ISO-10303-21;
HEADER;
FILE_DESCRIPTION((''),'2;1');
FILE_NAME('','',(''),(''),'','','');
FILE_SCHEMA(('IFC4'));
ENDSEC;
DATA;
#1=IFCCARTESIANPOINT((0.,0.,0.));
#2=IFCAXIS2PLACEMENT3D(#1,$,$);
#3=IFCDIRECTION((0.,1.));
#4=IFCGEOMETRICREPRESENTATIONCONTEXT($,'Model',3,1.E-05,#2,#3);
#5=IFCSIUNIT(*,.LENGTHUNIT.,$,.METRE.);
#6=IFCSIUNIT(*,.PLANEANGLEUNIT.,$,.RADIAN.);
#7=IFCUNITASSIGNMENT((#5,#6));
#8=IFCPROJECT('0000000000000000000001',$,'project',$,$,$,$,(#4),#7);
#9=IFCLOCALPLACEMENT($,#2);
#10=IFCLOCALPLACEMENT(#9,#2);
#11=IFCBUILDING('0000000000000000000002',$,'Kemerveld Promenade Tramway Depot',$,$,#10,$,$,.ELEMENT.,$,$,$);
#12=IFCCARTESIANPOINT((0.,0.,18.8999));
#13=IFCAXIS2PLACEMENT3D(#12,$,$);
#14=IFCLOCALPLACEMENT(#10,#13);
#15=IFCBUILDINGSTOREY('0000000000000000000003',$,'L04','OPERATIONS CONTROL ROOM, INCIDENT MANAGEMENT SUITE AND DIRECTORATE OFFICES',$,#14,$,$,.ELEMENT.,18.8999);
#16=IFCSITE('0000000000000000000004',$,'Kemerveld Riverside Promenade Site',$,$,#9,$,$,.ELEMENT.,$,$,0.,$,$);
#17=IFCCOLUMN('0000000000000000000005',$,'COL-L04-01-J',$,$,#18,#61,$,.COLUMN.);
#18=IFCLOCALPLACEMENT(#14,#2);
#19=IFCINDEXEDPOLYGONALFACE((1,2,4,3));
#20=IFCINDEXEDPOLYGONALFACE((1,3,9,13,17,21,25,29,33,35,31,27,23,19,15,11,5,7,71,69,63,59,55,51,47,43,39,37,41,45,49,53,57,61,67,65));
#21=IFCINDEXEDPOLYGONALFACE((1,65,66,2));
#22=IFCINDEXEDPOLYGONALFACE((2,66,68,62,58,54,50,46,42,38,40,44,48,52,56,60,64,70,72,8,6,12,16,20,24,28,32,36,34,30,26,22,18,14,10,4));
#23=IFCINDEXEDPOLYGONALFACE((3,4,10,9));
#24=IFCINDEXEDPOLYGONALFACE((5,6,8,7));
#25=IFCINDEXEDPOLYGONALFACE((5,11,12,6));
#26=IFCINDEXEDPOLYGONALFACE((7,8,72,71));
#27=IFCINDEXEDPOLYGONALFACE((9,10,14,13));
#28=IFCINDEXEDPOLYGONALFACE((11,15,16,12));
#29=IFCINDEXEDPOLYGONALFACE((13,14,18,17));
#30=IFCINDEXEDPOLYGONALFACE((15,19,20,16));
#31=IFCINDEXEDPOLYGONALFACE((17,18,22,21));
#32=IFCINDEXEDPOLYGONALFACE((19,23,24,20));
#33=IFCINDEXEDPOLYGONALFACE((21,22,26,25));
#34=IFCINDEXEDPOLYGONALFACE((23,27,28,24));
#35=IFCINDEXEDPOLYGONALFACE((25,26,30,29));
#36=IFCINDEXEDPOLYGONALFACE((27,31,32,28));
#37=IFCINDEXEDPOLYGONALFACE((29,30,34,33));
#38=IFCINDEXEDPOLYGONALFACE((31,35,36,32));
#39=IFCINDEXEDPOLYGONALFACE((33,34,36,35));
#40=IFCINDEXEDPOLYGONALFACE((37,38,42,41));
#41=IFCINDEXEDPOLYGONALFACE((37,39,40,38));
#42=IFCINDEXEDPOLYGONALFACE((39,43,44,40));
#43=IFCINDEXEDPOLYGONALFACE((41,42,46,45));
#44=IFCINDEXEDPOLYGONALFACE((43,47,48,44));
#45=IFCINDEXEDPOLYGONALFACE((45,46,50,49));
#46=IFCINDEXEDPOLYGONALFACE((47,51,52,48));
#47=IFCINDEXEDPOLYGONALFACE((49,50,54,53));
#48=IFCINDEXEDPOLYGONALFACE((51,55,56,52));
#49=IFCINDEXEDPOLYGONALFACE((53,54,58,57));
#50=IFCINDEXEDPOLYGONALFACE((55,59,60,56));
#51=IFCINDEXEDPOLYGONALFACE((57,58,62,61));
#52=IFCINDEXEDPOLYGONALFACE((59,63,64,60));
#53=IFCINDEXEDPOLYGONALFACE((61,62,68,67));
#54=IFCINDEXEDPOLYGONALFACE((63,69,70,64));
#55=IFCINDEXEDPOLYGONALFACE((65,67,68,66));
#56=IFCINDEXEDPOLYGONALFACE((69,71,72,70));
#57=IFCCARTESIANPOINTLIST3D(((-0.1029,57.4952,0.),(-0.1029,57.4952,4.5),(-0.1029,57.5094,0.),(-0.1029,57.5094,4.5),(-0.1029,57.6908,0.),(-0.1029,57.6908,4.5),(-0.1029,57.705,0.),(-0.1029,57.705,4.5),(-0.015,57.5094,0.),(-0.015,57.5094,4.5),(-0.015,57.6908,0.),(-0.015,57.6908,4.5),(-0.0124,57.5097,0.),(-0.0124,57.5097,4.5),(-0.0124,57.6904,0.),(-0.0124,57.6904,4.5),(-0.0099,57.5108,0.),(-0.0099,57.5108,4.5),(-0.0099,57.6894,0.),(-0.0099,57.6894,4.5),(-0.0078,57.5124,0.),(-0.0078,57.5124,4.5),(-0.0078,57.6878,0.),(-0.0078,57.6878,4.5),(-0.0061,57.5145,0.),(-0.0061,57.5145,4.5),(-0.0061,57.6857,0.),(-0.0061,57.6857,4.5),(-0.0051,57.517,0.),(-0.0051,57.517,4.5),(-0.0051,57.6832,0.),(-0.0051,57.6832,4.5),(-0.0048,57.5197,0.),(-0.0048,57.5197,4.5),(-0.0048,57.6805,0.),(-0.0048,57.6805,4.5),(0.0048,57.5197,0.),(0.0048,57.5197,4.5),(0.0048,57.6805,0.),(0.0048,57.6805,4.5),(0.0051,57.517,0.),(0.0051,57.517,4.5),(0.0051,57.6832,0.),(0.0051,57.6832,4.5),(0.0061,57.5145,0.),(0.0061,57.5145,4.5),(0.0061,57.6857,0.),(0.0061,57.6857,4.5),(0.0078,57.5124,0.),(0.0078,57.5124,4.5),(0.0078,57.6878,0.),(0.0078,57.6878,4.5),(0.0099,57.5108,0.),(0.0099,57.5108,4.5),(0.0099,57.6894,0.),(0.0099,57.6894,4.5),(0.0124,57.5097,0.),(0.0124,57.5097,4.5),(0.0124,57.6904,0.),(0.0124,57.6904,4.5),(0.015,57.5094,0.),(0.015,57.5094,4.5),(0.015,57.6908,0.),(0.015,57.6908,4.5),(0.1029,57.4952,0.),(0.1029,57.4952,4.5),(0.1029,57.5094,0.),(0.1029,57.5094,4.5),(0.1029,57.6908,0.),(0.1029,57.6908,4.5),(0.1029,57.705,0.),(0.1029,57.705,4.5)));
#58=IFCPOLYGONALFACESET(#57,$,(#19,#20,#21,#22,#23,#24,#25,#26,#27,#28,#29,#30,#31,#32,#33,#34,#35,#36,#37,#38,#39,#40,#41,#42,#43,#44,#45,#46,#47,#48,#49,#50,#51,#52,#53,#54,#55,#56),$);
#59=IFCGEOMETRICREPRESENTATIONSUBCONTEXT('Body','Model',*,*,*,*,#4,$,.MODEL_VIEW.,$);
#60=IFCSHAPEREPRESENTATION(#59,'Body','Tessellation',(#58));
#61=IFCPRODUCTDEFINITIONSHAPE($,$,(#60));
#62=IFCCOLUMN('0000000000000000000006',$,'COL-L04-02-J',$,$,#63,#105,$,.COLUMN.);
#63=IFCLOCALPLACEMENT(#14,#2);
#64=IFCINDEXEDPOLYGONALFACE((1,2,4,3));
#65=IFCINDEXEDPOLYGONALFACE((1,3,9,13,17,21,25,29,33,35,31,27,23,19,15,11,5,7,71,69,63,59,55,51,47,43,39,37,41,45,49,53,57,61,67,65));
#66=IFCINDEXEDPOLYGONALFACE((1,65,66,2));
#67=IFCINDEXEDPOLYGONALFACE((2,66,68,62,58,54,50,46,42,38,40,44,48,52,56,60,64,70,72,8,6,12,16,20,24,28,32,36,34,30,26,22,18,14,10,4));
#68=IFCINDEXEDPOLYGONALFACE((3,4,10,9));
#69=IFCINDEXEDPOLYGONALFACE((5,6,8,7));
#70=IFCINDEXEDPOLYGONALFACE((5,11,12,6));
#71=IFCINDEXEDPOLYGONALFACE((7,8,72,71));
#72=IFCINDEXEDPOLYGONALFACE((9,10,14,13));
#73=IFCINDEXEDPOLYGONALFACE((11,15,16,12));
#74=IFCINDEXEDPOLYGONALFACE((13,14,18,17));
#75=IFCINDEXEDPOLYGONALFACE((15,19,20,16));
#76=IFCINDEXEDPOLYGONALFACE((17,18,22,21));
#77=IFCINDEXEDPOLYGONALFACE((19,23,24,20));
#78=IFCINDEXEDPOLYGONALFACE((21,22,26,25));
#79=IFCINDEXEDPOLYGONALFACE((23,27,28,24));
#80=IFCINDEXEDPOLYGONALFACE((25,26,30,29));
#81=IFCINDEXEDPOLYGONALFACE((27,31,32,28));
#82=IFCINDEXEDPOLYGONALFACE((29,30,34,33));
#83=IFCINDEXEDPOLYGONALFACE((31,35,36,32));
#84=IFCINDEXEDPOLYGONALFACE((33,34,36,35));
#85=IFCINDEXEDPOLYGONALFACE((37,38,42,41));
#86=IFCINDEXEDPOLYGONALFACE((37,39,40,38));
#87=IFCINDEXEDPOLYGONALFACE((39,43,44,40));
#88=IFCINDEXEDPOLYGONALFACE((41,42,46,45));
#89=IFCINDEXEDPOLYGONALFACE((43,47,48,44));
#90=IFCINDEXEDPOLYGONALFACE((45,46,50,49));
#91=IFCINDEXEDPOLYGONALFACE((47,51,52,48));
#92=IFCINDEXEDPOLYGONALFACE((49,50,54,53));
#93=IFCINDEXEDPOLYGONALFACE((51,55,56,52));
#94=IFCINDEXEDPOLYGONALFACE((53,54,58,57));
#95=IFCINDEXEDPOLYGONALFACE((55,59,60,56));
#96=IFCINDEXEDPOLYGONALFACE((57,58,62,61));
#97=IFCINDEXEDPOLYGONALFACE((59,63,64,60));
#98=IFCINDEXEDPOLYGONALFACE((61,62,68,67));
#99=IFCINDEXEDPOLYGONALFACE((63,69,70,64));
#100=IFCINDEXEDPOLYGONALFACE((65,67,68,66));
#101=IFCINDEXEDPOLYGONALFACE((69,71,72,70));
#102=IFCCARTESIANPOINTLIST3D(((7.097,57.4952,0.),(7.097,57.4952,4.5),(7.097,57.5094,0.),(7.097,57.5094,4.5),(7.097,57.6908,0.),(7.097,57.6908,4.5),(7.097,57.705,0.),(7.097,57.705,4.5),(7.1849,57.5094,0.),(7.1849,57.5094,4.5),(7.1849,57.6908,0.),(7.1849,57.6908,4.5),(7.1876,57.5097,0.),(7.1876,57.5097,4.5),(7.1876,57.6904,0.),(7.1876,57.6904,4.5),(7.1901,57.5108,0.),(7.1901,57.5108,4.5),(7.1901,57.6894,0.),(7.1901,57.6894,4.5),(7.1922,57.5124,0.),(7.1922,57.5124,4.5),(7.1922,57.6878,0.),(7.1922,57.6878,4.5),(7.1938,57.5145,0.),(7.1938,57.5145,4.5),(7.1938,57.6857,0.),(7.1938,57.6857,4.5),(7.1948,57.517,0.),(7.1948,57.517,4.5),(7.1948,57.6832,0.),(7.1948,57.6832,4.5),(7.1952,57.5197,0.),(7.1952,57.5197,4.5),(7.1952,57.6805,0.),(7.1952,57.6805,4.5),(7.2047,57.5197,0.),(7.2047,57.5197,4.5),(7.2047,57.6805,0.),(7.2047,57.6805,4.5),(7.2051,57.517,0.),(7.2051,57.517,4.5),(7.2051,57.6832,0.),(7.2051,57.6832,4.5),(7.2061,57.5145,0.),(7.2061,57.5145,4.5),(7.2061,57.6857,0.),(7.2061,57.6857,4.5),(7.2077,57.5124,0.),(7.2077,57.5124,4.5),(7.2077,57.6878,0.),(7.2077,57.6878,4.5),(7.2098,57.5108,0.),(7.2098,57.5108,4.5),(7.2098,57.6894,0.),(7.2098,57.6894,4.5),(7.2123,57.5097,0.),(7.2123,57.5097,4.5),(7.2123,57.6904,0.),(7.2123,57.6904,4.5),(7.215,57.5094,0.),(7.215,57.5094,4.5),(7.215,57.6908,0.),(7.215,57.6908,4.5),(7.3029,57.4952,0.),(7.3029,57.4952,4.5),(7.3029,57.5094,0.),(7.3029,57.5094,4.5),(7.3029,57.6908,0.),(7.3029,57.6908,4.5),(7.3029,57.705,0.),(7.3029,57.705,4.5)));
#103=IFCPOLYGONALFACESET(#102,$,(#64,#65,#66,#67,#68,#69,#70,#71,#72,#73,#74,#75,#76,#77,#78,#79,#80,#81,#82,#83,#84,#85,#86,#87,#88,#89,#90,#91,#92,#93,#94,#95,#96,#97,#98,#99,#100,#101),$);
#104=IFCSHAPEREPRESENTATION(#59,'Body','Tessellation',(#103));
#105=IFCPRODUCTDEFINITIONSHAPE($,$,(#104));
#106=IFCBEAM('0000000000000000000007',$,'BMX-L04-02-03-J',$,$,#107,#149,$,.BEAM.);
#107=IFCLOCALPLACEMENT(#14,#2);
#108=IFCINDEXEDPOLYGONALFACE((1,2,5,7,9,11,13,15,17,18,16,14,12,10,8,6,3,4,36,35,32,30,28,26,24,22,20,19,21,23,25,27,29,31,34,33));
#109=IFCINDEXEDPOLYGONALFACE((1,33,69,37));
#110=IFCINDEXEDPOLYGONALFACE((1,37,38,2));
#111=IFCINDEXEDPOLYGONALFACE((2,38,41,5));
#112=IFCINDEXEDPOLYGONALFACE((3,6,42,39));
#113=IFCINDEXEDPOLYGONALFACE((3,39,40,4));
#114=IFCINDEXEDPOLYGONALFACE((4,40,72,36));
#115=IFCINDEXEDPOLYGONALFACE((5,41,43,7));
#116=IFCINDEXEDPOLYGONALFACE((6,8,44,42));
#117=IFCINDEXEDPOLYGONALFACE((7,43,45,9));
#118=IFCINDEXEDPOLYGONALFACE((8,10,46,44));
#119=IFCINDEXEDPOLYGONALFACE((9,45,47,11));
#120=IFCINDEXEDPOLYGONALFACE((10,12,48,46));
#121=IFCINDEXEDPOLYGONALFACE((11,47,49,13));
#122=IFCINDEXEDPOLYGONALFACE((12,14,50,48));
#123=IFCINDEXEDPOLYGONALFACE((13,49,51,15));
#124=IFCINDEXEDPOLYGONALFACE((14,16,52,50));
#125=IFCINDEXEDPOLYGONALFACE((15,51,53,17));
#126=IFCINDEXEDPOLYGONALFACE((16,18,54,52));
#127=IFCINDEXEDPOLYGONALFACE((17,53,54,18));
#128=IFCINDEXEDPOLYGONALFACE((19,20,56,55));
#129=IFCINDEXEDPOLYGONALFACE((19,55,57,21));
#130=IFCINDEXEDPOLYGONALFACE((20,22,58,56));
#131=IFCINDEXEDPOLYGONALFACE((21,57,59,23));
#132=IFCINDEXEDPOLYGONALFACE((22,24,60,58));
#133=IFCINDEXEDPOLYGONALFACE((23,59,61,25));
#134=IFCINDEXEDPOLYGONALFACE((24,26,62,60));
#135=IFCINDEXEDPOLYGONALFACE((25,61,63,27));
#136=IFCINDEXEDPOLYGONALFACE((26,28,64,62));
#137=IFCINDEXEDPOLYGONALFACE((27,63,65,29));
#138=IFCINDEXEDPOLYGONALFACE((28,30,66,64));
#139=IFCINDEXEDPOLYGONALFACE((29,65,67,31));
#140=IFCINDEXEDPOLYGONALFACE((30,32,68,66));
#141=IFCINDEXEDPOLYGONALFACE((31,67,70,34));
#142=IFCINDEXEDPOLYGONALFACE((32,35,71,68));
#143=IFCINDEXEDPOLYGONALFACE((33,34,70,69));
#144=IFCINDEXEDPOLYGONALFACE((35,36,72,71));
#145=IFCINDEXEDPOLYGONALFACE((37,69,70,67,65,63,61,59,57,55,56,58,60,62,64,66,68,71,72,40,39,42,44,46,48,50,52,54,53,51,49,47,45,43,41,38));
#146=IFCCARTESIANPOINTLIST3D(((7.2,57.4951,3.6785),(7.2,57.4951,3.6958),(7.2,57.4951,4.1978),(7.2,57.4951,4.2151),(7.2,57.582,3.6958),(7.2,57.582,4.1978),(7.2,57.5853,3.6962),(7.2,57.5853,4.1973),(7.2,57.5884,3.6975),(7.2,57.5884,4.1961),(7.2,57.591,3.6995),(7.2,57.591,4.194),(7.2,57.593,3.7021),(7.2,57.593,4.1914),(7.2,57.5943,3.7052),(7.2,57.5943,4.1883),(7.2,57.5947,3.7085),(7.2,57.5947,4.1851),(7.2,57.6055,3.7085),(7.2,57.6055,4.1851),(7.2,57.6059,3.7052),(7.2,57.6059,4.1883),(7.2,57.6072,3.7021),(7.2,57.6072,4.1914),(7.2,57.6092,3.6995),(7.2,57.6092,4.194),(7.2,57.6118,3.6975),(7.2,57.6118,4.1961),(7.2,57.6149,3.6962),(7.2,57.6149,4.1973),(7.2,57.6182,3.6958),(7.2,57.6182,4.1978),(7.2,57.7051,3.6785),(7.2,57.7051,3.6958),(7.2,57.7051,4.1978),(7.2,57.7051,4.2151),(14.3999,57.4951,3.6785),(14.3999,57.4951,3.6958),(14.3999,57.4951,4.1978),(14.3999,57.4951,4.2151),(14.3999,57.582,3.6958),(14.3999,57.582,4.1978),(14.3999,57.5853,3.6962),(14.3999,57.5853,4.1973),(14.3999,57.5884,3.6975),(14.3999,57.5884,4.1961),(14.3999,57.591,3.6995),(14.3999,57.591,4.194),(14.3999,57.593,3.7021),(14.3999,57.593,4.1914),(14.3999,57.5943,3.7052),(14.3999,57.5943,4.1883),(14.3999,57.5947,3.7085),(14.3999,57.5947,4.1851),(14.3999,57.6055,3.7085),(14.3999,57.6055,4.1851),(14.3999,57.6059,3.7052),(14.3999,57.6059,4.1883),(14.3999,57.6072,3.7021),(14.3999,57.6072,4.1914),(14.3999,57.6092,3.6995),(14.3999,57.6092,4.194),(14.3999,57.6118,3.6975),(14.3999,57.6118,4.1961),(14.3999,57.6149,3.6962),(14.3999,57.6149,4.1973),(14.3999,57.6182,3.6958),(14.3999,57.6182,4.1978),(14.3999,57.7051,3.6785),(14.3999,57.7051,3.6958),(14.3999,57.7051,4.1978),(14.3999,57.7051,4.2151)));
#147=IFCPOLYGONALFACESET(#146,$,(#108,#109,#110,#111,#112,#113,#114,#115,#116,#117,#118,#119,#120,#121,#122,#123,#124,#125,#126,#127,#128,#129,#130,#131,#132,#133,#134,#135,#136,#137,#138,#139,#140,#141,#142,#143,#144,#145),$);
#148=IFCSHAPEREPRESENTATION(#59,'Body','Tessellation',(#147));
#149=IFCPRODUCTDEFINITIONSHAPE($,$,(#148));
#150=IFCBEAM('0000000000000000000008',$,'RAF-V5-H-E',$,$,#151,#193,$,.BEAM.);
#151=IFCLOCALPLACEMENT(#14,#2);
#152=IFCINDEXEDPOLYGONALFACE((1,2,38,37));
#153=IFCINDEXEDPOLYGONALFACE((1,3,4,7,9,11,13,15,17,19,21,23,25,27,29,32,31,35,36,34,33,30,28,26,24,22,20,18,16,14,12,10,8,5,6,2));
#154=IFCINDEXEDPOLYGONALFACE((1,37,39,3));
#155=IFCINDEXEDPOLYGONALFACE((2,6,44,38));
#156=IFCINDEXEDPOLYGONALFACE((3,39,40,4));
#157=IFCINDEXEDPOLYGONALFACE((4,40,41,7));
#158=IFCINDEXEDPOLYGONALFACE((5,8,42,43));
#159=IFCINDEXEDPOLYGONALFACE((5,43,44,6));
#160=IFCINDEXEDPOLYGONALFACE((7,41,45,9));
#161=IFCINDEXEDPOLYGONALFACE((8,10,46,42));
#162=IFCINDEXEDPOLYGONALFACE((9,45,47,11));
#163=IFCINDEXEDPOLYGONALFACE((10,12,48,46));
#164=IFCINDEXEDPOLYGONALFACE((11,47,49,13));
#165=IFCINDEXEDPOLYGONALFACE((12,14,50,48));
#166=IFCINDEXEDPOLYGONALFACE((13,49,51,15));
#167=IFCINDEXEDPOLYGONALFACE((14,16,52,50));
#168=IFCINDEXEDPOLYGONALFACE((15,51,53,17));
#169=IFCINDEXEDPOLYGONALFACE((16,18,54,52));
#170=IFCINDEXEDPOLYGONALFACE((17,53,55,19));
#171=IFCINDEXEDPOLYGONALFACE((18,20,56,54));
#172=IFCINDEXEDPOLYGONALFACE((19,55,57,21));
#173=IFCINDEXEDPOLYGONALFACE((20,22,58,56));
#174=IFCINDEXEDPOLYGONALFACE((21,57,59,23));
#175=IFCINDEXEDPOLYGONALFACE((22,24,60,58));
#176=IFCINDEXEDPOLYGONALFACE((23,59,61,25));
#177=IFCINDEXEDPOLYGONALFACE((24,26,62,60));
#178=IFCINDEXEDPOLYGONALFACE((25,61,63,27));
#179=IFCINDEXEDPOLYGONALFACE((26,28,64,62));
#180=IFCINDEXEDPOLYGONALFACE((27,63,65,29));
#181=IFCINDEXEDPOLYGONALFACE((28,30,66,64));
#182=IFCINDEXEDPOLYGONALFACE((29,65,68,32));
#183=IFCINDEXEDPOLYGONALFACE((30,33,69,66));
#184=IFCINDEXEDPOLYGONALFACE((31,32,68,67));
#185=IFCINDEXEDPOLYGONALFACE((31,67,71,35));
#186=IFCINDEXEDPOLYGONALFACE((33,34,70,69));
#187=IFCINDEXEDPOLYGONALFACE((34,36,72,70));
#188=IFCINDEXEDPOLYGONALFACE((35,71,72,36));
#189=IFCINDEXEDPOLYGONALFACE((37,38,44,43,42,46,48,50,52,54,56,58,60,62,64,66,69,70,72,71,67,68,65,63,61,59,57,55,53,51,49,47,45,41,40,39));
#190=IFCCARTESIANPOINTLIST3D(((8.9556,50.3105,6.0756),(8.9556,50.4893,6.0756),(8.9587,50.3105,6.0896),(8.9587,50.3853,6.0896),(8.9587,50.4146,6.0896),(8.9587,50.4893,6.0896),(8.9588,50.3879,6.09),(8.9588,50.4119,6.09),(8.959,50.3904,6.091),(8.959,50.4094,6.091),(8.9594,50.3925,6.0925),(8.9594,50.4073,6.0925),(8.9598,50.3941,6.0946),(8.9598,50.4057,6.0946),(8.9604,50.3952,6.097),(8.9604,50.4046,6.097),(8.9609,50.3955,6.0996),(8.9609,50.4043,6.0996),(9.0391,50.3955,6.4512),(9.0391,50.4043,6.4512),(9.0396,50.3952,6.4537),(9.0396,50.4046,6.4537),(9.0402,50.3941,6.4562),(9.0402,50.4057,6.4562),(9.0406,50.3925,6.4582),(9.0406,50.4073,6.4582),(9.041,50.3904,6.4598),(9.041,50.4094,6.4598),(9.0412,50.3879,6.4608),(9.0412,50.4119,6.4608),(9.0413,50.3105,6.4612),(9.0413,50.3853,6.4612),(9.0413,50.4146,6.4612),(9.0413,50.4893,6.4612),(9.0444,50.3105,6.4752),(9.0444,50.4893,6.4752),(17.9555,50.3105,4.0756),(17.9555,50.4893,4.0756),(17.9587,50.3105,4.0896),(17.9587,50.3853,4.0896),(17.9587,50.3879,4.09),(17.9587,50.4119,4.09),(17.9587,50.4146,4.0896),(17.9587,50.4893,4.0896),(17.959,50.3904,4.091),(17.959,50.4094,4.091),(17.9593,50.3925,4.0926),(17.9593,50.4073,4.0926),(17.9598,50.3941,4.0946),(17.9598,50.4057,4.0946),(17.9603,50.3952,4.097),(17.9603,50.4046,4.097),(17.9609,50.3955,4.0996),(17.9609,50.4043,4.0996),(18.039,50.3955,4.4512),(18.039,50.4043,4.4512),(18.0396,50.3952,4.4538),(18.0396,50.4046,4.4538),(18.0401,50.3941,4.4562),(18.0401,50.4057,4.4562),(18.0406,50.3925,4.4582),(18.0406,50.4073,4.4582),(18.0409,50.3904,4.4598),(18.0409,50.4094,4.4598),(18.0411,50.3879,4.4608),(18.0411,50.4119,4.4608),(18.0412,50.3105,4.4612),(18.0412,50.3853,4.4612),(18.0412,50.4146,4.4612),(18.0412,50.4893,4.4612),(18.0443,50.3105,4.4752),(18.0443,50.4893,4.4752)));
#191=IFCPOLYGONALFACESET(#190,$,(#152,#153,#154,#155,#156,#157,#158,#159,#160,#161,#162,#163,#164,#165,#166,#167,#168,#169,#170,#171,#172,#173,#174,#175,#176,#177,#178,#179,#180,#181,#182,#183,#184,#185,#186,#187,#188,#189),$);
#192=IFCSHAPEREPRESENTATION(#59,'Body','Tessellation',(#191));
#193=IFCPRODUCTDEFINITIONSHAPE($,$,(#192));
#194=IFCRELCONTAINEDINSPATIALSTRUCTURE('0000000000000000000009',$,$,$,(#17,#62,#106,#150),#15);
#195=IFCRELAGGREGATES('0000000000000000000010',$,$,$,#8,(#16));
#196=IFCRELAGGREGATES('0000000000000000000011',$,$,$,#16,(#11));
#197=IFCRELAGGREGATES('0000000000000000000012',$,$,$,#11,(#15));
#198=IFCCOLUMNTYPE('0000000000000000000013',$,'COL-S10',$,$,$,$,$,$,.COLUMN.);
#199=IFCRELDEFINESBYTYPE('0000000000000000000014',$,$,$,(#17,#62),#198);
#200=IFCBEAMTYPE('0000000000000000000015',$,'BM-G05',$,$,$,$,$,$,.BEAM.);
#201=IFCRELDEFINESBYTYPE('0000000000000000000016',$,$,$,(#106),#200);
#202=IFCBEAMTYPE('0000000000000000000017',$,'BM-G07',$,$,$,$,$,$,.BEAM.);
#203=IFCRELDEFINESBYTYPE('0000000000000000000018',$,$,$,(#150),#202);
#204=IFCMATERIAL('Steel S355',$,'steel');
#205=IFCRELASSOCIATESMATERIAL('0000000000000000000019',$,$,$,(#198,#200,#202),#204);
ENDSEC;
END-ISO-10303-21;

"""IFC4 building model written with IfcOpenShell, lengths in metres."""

from ifc_helpers import new_model, si_unit, direction, frame, origin, origin_2d, place, context, subcontext, project, spatial, i_section, extrude, material, material_profile, profile_set, type_object, element, save


model = new_model("IFC4")

# Units and contexts
model_context = context("Model", 3, precision=1e-05, world=origin(), true_north=direction((0.0, 1.0)))
body_context = subcontext(model_context, "Body", "Model", "MODEL_VIEW")
ifc_project = project(units=[si_unit("LENGTHUNIT", "METRE"), si_unit("PLANEANGLEUNIT", "RADIAN")], contexts=[model_context])

# Site, building, storey
site_placement = place(None, origin())
site = spatial("IfcSite", under=ifc_project, at=site_placement, Name="Kemerveld Riverside Promenade Site", CompositionType="ELEMENT", RefElevation=0.0)
building_placement = place(site_placement, origin())
building = spatial("IfcBuilding", under=site, at=building_placement, Name="Kemerveld Promenade Tramway Depot", CompositionType="ELEMENT")
storey_placement = place(building_placement, frame((0.0, 0.0, 18.8999)))
storey = spatial("IfcBuildingStorey", under=building, at=storey_placement, Name="L04", Description="OPERATIONS CONTROL ROOM, INCIDENT MANAGEMENT SUITE AND DIRECTORATE OFFICES", CompositionType="ELEMENT", Elevation=18.8999)

# Columns
ifc_material_1 = material(Name="Steel S355", Category="steel")
ifc_material_profile_1 = material_profile(ifc_material_1, i_section(OverallWidth=0.2058, OverallDepth=0.2097, WebThickness=0.0095, FlangeThickness=0.0142, FilletRadius=0.0103, at=origin_2d()), Name="203x203x60 UC")
ifc_profile_set_1 = profile_set([ifc_material_profile_1], Name="Steel S355")
column_type = type_object("IfcColumnType", Name="COL-S10", PredefinedType="COLUMN", material=ifc_profile_set_1)
for number, where, z_axis, x_axis, name in (
    (1, (0.0, 57.6001, 0.0), (0.0, 0.0, 1.0), (1.0, 0.0, 0.0), "COL-L04-01-J"),
    (2, (7.2, 57.6001, 0.0), (0.0, 0.0, 1.0), (1.0, 0.0, 0.0), "COL-L04-02-J"),
):
    element("IfcColumn", number, at=place(storey_placement, frame(where, z_axis=z_axis, x_axis=x_axis)), inside=storey, type_object=column_type, Name=name, PredefinedType="COLUMN", context=body_context, shape_type="SweptSolid", body=[
        extrude(i_section(OverallWidth=0.2058, OverallDepth=0.2097, WebThickness=0.0095, FlangeThickness=0.0142, FilletRadius=0.0103, at=origin_2d()), origin(), (0.0, 0.0, 1.0), 4.5),
    ])

# Beams
ifc_material_profile_2 = material_profile(ifc_material_1, i_section(OverallWidth=0.21, OverallDepth=0.5366, WebThickness=0.0107, FlangeThickness=0.0173, FilletRadius=0.0127, at=origin_2d()), Name="533x210x101 UB")
ifc_profile_set_2 = profile_set([ifc_material_profile_2], Name="Steel S355")
beam_type_1 = type_object("IfcBeamType", Name="BM-G05", PredefinedType="BEAM", material=ifc_profile_set_2)
beam_1_placement = place(storey_placement, frame((7.2, 57.6001, 3.9468), z_axis=(1.0, 0.0, 0.0), x_axis=(0.0, 1.0, 0.0)))
element("IfcBeam", 3, at=beam_1_placement, inside=storey, type_object=beam_type_1, Name="BMX-L04-02-03-J", PredefinedType="BEAM", context=body_context, shape_type="SweptSolid", body=[
    extrude(i_section(OverallWidth=0.21, OverallDepth=0.5366, WebThickness=0.0107, FlangeThickness=0.0173, FilletRadius=0.0127, at=origin_2d()), origin(), (0.0, 0.0, 1.0), 7.2),
])
ifc_material_profile_3 = material_profile(ifc_material_1, i_section(OverallWidth=0.1787, OverallDepth=0.4094, WebThickness=0.0088, FlangeThickness=0.0144, FilletRadius=0.0103, at=origin_2d()), Name="406x178x67 UB")
ifc_profile_set_3 = profile_set([ifc_material_profile_3], Name="Steel S355")
beam_type_2 = type_object("IfcBeamType", Name="BM-G07", PredefinedType="BEAM", material=ifc_profile_set_3)
for number, where, z_axis, x_axis, name in (
    (4, (9.0, 50.3999, 6.2754), (0.976187, 0.0, -0.21693), (0.0, 1.0, 0.0), "RAF-V5-H-E"),
):
    element("IfcBeam", number, at=place(storey_placement, frame(where, z_axis=z_axis, x_axis=x_axis)), inside=storey, type_object=beam_type_2, Name=name, PredefinedType="BEAM", context=body_context, shape_type="SweptSolid", body=[
        extrude(i_section(OverallWidth=0.1787, OverallDepth=0.4094, WebThickness=0.0088, FlangeThickness=0.0144, FilletRadius=0.0103, at=origin_2d()), origin(), (0.0, 0.0, 1.0), 9.2195),
    ])

save(model, "model.ifc")
